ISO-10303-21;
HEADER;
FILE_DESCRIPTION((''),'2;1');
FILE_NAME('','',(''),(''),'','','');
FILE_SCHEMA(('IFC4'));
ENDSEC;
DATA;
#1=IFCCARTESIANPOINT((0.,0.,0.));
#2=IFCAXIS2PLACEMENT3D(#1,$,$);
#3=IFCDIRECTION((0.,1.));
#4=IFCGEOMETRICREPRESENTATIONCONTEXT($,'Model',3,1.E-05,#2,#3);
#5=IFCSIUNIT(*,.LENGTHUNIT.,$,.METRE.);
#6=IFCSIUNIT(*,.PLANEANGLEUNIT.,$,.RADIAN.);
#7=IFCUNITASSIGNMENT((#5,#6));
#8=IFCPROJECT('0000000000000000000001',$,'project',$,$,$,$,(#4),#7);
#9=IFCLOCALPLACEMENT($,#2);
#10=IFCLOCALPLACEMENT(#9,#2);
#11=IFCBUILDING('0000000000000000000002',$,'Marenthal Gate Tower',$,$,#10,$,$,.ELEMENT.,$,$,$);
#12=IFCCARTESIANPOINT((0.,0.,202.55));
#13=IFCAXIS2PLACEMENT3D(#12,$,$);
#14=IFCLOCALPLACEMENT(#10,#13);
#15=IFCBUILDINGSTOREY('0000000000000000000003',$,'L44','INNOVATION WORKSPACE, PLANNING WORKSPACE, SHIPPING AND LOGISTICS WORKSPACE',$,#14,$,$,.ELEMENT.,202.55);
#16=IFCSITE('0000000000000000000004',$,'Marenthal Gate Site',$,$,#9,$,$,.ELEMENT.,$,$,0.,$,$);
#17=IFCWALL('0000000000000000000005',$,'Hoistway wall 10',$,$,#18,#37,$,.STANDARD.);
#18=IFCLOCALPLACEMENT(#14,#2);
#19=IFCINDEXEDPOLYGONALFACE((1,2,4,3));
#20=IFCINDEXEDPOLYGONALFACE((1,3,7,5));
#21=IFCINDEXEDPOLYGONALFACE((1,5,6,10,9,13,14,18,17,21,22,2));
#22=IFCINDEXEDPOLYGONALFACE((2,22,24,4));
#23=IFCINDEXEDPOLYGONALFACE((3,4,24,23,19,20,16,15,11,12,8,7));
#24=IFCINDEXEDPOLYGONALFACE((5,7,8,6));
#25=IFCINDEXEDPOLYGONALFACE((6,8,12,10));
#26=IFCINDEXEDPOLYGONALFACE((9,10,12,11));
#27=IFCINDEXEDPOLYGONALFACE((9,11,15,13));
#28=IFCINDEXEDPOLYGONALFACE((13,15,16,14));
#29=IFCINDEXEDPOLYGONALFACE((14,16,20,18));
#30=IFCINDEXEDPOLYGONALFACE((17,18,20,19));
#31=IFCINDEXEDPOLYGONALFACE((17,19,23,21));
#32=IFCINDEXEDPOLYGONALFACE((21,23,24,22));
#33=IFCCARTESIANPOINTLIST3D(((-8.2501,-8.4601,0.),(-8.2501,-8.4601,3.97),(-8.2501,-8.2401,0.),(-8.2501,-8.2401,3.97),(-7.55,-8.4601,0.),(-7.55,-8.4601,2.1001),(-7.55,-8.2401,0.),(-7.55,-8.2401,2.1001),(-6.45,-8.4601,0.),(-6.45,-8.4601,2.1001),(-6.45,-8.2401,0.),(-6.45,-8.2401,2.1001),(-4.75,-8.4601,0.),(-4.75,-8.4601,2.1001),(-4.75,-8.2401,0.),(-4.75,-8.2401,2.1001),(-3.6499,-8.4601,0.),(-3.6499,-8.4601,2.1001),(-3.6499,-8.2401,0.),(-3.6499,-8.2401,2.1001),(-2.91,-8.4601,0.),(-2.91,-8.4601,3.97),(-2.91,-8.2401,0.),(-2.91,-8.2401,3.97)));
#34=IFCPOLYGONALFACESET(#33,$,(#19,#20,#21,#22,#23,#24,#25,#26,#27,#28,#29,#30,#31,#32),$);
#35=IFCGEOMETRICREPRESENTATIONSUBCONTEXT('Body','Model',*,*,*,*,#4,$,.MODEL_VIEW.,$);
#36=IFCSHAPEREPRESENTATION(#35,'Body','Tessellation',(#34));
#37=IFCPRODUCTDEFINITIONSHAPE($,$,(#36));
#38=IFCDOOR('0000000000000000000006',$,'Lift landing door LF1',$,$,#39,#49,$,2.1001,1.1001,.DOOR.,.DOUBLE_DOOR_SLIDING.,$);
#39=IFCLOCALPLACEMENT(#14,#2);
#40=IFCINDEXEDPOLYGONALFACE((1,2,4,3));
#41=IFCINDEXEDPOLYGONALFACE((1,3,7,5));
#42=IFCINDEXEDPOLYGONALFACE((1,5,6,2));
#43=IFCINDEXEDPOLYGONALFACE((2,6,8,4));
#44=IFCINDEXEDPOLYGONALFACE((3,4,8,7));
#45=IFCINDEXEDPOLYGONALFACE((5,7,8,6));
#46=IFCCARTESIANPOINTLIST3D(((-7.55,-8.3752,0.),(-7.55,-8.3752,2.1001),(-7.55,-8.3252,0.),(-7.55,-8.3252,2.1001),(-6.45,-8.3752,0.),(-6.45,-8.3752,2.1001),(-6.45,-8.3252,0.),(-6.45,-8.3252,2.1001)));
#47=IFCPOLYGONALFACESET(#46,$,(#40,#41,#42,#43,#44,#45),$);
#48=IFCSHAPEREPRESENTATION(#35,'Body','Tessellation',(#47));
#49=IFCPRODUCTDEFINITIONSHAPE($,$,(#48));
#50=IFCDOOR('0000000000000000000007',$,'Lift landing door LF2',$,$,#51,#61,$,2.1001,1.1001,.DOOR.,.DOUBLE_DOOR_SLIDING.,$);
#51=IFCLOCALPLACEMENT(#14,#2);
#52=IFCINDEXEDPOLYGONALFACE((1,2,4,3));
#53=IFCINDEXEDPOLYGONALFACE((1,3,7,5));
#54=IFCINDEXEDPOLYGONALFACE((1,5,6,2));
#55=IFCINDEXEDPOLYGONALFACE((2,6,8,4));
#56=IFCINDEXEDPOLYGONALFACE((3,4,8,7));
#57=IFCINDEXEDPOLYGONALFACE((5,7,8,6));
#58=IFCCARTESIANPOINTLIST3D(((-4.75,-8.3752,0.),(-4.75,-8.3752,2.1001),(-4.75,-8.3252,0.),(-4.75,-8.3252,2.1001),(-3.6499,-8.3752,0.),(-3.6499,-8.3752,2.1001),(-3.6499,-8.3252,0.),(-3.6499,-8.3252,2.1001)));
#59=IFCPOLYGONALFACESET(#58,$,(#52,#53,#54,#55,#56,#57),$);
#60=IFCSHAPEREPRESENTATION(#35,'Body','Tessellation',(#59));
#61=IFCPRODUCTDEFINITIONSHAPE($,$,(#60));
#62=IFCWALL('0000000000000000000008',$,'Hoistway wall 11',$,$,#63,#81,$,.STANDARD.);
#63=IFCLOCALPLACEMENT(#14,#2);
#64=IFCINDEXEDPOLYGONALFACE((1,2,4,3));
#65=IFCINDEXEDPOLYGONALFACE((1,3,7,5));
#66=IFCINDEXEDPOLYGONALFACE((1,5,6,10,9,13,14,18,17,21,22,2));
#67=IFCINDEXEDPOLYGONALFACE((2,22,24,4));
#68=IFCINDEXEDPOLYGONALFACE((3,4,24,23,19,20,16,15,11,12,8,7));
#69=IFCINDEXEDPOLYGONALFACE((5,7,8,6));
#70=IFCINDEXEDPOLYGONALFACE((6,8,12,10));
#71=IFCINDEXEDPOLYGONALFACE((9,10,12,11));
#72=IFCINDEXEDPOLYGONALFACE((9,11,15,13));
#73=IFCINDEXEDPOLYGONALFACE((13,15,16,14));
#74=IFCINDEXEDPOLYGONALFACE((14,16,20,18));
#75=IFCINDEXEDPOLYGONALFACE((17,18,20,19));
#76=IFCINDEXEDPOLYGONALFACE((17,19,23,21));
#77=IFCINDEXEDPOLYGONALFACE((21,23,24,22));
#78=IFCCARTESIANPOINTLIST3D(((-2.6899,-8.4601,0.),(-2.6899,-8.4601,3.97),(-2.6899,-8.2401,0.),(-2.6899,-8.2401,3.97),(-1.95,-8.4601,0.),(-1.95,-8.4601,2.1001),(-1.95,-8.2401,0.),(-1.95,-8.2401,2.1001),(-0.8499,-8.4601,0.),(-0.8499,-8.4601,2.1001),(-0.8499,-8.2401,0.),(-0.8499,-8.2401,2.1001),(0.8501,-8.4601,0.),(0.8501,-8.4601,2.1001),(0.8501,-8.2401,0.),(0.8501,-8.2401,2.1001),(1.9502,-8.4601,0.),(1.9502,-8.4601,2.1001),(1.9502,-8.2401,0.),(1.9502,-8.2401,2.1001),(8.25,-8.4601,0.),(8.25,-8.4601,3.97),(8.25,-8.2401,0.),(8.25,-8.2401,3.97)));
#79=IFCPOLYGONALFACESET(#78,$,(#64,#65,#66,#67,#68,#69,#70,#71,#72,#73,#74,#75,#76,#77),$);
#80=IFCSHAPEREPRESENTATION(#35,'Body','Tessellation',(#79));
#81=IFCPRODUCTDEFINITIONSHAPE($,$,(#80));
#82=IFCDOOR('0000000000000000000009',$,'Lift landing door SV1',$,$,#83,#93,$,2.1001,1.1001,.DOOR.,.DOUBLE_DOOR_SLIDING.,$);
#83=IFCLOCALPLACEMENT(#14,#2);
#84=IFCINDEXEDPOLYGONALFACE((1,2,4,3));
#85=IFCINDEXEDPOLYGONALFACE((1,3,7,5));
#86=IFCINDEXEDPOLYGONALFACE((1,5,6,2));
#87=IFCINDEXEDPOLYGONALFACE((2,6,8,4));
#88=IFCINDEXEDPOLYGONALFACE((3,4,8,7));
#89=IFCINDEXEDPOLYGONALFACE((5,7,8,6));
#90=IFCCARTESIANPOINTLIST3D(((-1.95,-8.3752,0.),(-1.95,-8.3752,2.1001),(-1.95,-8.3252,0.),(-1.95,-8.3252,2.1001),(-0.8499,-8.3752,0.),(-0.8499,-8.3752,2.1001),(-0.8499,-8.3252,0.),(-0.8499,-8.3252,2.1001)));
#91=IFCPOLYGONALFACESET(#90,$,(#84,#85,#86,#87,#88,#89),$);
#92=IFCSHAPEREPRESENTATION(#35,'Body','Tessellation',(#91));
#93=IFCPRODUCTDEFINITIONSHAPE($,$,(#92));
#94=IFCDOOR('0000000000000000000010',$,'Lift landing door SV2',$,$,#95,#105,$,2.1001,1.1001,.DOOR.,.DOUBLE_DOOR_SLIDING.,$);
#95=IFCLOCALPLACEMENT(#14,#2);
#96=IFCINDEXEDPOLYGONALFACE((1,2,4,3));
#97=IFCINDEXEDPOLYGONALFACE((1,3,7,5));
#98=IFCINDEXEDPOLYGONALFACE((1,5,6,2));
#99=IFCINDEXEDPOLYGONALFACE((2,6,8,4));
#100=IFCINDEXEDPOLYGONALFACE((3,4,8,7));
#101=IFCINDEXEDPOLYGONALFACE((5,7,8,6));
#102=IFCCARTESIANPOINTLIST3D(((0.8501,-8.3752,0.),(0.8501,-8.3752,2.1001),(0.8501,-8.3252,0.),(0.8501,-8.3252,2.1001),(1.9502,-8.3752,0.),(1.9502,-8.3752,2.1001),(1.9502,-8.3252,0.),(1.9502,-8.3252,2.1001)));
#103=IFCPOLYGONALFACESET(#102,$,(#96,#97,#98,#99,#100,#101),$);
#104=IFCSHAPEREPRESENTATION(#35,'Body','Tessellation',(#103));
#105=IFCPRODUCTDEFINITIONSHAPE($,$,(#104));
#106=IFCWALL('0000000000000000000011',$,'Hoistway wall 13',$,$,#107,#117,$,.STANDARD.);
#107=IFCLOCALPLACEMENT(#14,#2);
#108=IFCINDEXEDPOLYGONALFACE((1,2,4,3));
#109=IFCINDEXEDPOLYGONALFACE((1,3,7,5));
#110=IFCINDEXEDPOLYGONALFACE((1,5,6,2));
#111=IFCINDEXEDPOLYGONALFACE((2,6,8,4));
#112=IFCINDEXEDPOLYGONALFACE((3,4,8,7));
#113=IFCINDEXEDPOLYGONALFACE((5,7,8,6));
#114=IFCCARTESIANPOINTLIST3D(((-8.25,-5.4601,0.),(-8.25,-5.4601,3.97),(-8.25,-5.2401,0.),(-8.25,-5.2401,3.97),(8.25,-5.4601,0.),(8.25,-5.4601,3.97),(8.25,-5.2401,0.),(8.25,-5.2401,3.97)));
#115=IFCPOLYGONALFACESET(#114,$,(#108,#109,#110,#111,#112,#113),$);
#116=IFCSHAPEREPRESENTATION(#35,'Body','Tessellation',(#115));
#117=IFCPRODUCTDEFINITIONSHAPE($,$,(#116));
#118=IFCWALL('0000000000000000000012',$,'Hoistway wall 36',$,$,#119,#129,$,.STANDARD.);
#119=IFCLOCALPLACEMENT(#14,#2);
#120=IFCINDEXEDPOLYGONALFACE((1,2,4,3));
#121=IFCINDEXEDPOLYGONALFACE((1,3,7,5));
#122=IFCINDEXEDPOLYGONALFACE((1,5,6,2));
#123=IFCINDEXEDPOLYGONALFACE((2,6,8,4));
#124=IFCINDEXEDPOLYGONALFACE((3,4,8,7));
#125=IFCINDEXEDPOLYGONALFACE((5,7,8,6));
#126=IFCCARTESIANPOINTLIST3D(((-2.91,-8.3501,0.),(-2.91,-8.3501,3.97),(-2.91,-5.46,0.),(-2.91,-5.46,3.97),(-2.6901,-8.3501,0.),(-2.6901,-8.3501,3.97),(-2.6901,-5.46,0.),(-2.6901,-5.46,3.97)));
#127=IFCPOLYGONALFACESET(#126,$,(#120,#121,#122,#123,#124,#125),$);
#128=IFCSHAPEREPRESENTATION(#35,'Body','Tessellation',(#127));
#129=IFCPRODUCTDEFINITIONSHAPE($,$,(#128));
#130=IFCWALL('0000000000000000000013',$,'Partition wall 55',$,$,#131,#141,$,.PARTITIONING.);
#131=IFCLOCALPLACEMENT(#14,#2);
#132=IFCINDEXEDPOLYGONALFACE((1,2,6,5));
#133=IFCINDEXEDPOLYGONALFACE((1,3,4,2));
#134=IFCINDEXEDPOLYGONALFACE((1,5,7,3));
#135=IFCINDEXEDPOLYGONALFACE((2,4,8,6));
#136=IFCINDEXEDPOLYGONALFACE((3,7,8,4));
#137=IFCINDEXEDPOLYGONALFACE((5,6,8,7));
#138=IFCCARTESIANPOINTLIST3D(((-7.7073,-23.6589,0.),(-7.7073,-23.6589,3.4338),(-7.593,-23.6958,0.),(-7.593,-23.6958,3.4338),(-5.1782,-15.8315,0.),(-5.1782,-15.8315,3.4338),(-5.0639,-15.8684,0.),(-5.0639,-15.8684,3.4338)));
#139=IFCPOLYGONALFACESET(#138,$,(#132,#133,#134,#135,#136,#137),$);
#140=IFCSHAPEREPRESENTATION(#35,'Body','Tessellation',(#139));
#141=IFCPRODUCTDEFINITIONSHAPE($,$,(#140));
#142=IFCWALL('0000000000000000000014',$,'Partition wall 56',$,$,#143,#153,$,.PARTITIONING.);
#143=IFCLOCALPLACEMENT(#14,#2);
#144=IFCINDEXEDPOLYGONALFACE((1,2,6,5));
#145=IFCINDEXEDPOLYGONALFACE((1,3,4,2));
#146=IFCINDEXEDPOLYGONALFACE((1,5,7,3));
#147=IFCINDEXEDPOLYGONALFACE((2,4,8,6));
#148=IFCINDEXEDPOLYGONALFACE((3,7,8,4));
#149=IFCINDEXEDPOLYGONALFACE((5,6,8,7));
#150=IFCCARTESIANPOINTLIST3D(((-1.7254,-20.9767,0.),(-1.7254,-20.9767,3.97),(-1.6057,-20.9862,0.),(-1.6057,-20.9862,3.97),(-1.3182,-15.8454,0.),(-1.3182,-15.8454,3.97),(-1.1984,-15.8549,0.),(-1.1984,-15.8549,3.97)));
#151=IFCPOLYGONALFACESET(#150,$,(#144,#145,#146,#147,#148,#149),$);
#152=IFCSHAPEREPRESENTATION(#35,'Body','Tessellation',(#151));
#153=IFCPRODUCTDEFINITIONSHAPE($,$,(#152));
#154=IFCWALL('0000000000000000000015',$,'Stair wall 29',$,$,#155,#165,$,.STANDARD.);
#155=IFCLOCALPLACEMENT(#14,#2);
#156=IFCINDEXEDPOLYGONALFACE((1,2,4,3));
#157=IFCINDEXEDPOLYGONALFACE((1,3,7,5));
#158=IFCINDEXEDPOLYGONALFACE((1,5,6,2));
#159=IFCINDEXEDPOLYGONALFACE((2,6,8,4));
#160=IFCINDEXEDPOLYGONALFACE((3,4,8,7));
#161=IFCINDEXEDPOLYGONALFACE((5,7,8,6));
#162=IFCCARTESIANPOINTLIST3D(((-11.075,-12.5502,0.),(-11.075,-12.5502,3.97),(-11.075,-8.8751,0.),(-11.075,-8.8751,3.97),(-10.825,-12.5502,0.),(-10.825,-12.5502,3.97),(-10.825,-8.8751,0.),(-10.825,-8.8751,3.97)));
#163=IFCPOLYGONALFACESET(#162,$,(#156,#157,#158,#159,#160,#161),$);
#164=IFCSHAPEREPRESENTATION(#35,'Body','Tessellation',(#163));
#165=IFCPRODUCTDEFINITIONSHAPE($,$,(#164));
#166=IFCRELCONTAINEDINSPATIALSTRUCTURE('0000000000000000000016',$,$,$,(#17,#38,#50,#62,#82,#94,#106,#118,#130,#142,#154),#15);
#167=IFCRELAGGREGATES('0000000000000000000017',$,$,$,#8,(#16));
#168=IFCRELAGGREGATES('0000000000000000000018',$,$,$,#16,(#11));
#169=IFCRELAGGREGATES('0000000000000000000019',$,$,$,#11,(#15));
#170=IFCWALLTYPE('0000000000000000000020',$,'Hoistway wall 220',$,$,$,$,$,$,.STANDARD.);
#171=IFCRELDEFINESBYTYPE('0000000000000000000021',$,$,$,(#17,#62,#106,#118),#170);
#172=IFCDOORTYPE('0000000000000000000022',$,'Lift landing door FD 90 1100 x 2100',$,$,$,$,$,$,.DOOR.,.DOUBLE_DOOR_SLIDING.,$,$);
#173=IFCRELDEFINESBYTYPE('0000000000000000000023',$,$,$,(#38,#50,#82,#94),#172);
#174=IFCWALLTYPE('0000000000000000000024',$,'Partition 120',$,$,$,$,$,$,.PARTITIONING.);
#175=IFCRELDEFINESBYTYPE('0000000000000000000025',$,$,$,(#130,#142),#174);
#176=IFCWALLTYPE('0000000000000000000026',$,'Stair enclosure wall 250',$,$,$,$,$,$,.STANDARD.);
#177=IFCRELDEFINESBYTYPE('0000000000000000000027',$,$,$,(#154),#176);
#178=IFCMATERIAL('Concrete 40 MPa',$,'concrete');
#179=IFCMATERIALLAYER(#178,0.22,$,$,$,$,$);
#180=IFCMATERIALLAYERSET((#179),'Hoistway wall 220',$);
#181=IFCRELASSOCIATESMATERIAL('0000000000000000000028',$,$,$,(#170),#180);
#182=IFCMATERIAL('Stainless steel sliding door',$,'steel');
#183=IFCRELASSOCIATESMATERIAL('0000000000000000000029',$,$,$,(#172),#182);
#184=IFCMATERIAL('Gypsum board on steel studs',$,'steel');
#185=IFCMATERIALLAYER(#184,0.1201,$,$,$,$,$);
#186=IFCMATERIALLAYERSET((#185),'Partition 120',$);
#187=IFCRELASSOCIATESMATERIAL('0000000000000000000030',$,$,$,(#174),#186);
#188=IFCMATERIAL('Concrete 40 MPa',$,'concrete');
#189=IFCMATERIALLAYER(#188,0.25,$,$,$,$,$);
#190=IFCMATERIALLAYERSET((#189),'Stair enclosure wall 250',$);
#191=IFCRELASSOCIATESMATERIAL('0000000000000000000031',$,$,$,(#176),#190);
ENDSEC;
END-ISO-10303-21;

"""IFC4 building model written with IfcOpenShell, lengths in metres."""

from ifc_helpers import new_model, si_unit, direction, frame, frame_2d, origin, place, context, subcontext, project, spatial, rectangle, extrude, material, layer, layer_set, type_object, element, fill, save


model = new_model("IFC4")

# Units and contexts
model_context = context("Model", 3, precision=1e-05, world=origin(), true_north=direction((0.0, 1.0)))
body_context = subcontext(model_context, "Body", "Model", "MODEL_VIEW")
ifc_project = project(units=[si_unit("LENGTHUNIT", "METRE"), si_unit("PLANEANGLEUNIT", "RADIAN")], contexts=[model_context])

# Site, building, storey
site_placement = place(None, origin())
site = spatial("IfcSite", under=ifc_project, at=site_placement, Name="Marenthal Gate Site", CompositionType="ELEMENT", RefElevation=0.0)
building_placement = place(site_placement, origin())
building = spatial("IfcBuilding", under=site, at=building_placement, Name="Marenthal Gate Tower", CompositionType="ELEMENT")
storey_placement = place(building_placement, frame((0.0, 0.0, 202.55)))
storey = spatial("IfcBuildingStorey", under=building, at=storey_placement, Name="L44", Description="INNOVATION WORKSPACE, PLANNING WORKSPACE, SHIPPING AND LOGISTICS WORKSPACE", CompositionType="ELEMENT", Elevation=202.55)

# Walls, openings, doors
ifc_material_1 = material(Name="Concrete 40 MPa", Category="concrete")
ifc_layer_1 = layer(ifc_material_1, 0.22)
ifc_layer_set_1 = layer_set([ifc_layer_1], Name="Hoistway wall 220")
wall_type_1 = type_object("IfcWallType", Name="Hoistway wall 220", PredefinedType="STANDARD", material=ifc_layer_set_1)
wall_1_placement = place(storey_placement, frame((-8.25, -8.3501, 0.0), z_axis=(0.0, 0.0, 1.0), x_axis=(1.0, 0.0, 0.0)))
wall_1 = element("IfcWall", 1, at=wall_1_placement, inside=storey, type_object=wall_type_1, Name="Hoistway wall 10", PredefinedType="STANDARD", context=body_context, shape_type="SweptSolid", body=[
    extrude(rectangle(XDim=5.3401, YDim=0.22, at=frame_2d((2.6699, 0.0))), origin(), (0.0, 0.0, 1.0), 3.97),
])
opening_1_placement = place(wall_1_placement, frame((0.7, 0.0, 0.0)))
opening_1 = element("IfcOpeningElement", 2, at=opening_1_placement, cuts=wall_1, PredefinedType="OPENING", context=body_context, shape_type="SweptSolid", body=[
    extrude(rectangle(XDim=1.1001, YDim=2.1001, at=frame_2d((0.55, 1.05))), frame((0.0, 0.1201, 0.0), z_axis=(0.0, -1.0, 0.0), x_axis=(1.0, 0.0, 0.0)), (0.0, 0.0, 1.0), 0.24),
])
opening_2_placement = place(wall_1_placement, frame((3.5, 0.0, 0.0)))
opening_2 = element("IfcOpeningElement", 3, at=opening_2_placement, cuts=wall_1, PredefinedType="OPENING", context=body_context, shape_type="SweptSolid", body=[
    extrude(rectangle(XDim=1.1001, YDim=2.1001, at=frame_2d((0.55, 1.05))), frame((0.0, 0.1201, 0.0), z_axis=(0.0, -1.0, 0.0), x_axis=(1.0, 0.0, 0.0)), (0.0, 0.0, 1.0), 0.24),
])
ifc_material_2 = material(Name="Stainless steel sliding door", Category="steel")
door_type_1 = type_object("IfcDoorType", Name="Lift landing door FD 90 1100 x 2100", OperationType="DOUBLE_DOOR_SLIDING", PredefinedType="DOOR", material=ifc_material_2)
door_1_placement = place(opening_1_placement, origin())
door_1 = element("IfcDoor", 4, at=door_1_placement, inside=storey, type_object=door_type_1, Name="Lift landing door LF1", OperationType="DOUBLE_DOOR_SLIDING", OverallHeight=2.1001, OverallWidth=1.1001, PredefinedType="DOOR", context=body_context, shape_type="SweptSolid", body=[
    extrude(rectangle(XDim=1.1001, YDim=2.1001, at=frame_2d((0.55, 1.05))), frame((0.0, 0.0249, 0.0), z_axis=(0.0, -1.0, 0.0), x_axis=(1.0, 0.0, 0.0)), (0.0, 0.0, 1.0), 0.05),
])
fill(opening_1, door_1)
door_2_placement = place(opening_2_placement, origin())
door_2 = element("IfcDoor", 5, at=door_2_placement, inside=storey, type_object=door_type_1, Name="Lift landing door LF2", OperationType="DOUBLE_DOOR_SLIDING", OverallHeight=2.1001, OverallWidth=1.1001, PredefinedType="DOOR", context=body_context, shape_type="SweptSolid", body=[
    extrude(rectangle(XDim=1.1001, YDim=2.1001, at=frame_2d((0.55, 1.05))), frame((0.0, 0.0249, 0.0), z_axis=(0.0, -1.0, 0.0), x_axis=(1.0, 0.0, 0.0)), (0.0, 0.0, 1.0), 0.05),
])
fill(opening_2, door_2)
wall_2_placement = place(storey_placement, frame((-2.6899, -8.3501, 0.0), z_axis=(0.0, 0.0, 1.0), x_axis=(1.0, 0.0, 0.0)))
wall_2 = element("IfcWall", 6, at=wall_2_placement, inside=storey, type_object=wall_type_1, Name="Hoistway wall 11", PredefinedType="STANDARD", context=body_context, shape_type="SweptSolid", body=[
    extrude(rectangle(XDim=10.9399, YDim=0.22, at=frame_2d((5.47, 0.0))), origin(), (0.0, 0.0, 1.0), 3.97),
])
opening_3_placement = place(wall_2_placement, frame((0.74, 0.0, 0.0)))
opening_3 = element("IfcOpeningElement", 7, at=opening_3_placement, cuts=wall_2, PredefinedType="OPENING", context=body_context, shape_type="SweptSolid", body=[
    extrude(rectangle(XDim=1.1001, YDim=2.1001, at=frame_2d((0.55, 1.05))), frame((0.0, 0.1201, 0.0), z_axis=(0.0, -1.0, 0.0), x_axis=(1.0, 0.0, 0.0)), (0.0, 0.0, 1.0), 0.24),
])
opening_4_placement = place(wall_2_placement, frame((3.54, 0.0, 0.0)))
opening_4 = element("IfcOpeningElement", 8, at=opening_4_placement, cuts=wall_2, PredefinedType="OPENING", context=body_context, shape_type="SweptSolid", body=[
    extrude(rectangle(XDim=1.1001, YDim=2.1001, at=frame_2d((0.55, 1.05))), frame((0.0, 0.1201, 0.0), z_axis=(0.0, -1.0, 0.0), x_axis=(1.0, 0.0, 0.0)), (0.0, 0.0, 1.0), 0.24),
])
door_3_placement = place(opening_3_placement, origin())
door_3 = element("IfcDoor", 9, at=door_3_placement, inside=storey, type_object=door_type_1, Name="Lift landing door SV1", OperationType="DOUBLE_DOOR_SLIDING", OverallHeight=2.1001, OverallWidth=1.1001, PredefinedType="DOOR", context=body_context, shape_type="SweptSolid", body=[
    extrude(rectangle(XDim=1.1001, YDim=2.1001, at=frame_2d((0.55, 1.05))), frame((0.0, 0.0249, 0.0), z_axis=(0.0, -1.0, 0.0), x_axis=(1.0, 0.0, 0.0)), (0.0, 0.0, 1.0), 0.05),
])
fill(opening_3, door_3)
door_4_placement = place(opening_4_placement, origin())
door_4 = element("IfcDoor", 10, at=door_4_placement, inside=storey, type_object=door_type_1, Name="Lift landing door SV2", OperationType="DOUBLE_DOOR_SLIDING", OverallHeight=2.1001, OverallWidth=1.1001, PredefinedType="DOOR", context=body_context, shape_type="SweptSolid", body=[
    extrude(rectangle(XDim=1.1001, YDim=2.1001, at=frame_2d((0.55, 1.05))), frame((0.0, 0.0249, 0.0), z_axis=(0.0, -1.0, 0.0), x_axis=(1.0, 0.0, 0.0)), (0.0, 0.0, 1.0), 0.05),
])
fill(opening_4, door_4)

# Walls
wall_3_placement = place(storey_placement, frame((-8.25, -5.3501, 0.0), z_axis=(0.0, 0.0, 1.0), x_axis=(1.0, 0.0, 0.0)))
element("IfcWall", 11, at=wall_3_placement, inside=storey, type_object=wall_type_1, Name="Hoistway wall 13", PredefinedType="STANDARD", context=body_context, shape_type="SweptSolid", body=[
    extrude(rectangle(XDim=16.5, YDim=0.22, at=frame_2d((8.25, 0.0))), origin(), (0.0, 0.0, 1.0), 3.97),
])
wall_4_placement = place(storey_placement, frame((-2.8, -8.3501, 0.0), z_axis=(0.0, 0.0, 1.0), x_axis=(0.0, 1.0, 0.0)))
element("IfcWall", 12, at=wall_4_placement, inside=storey, type_object=wall_type_1, Name="Hoistway wall 36", PredefinedType="STANDARD", context=body_context, shape_type="SweptSolid", body=[
    extrude(rectangle(XDim=2.8901, YDim=0.22, at=frame_2d((1.4451, 0.0))), origin(), (0.0, 0.0, 1.0), 3.97),
])
ifc_material_3 = material(Name="Gypsum board on steel studs", Category="steel")
ifc_layer_2 = layer(ifc_material_3, 0.1201)
ifc_layer_set_2 = layer_set([ifc_layer_2], Name="Partition 120")
wall_type_2 = type_object("IfcWallType", Name="Partition 120", PredefinedType="PARTITIONING", material=ifc_layer_set_2)
wall_5_placement = place(storey_placement, frame((-5.1211, -15.8501, 0.0), z_axis=(0.0, 0.0, 1.0), x_axis=(-0.307453, -0.951563, 0.0)))
element("IfcWall", 13, at=wall_5_placement, inside=storey, type_object=wall_type_2, Name="Partition wall 55", PredefinedType="PARTITIONING", context=body_context, shape_type="SweptSolid", body=[
    extrude(rectangle(XDim=8.2258, YDim=0.1201, at=frame_2d((4.1128, 0.0))), origin(), (0.0, 0.0, 1.0), 3.4338),
])
wall_6_placement = place(storey_placement, frame((-1.6655, -20.9814, 0.0), z_axis=(0.0, 0.0, 1.0), x_axis=(0.079112, 0.996866, 0.0)))
element("IfcWall", 14, at=wall_6_placement, inside=storey, type_object=wall_type_2, Name="Partition wall 56", PredefinedType="PARTITIONING", context=body_context, shape_type="SweptSolid", body=[
    extrude(rectangle(XDim=5.1475, YDim=0.1201, at=frame_2d((2.5737, 0.0))), origin(), (0.0, 0.0, 1.0), 3.97),
])
ifc_material_4 = material(Name="Concrete 40 MPa", Category="concrete")
ifc_layer_3 = layer(ifc_material_4, 0.25)
ifc_layer_set_3 = layer_set([ifc_layer_3], Name="Stair enclosure wall 250")
wall_type_3 = type_object("IfcWallType", Name="Stair enclosure wall 250", PredefinedType="STANDARD", material=ifc_layer_set_3)
wall_7_placement = place(storey_placement, frame((-10.95, -12.55, 0.0), z_axis=(0.0, 0.0, 1.0), x_axis=(0.0, 1.0, 0.0)))
element("IfcWall", 15, at=wall_7_placement, inside=storey, type_object=wall_type_3, Name="Stair wall 29", PredefinedType="STANDARD", context=body_context, shape_type="SweptSolid", body=[
    extrude(rectangle(XDim=3.675, YDim=0.25, at=frame_2d((1.8374, 0.0))), origin(), (0.0, 0.0, 1.0), 3.97),
])

save(model, "model.ifc")
